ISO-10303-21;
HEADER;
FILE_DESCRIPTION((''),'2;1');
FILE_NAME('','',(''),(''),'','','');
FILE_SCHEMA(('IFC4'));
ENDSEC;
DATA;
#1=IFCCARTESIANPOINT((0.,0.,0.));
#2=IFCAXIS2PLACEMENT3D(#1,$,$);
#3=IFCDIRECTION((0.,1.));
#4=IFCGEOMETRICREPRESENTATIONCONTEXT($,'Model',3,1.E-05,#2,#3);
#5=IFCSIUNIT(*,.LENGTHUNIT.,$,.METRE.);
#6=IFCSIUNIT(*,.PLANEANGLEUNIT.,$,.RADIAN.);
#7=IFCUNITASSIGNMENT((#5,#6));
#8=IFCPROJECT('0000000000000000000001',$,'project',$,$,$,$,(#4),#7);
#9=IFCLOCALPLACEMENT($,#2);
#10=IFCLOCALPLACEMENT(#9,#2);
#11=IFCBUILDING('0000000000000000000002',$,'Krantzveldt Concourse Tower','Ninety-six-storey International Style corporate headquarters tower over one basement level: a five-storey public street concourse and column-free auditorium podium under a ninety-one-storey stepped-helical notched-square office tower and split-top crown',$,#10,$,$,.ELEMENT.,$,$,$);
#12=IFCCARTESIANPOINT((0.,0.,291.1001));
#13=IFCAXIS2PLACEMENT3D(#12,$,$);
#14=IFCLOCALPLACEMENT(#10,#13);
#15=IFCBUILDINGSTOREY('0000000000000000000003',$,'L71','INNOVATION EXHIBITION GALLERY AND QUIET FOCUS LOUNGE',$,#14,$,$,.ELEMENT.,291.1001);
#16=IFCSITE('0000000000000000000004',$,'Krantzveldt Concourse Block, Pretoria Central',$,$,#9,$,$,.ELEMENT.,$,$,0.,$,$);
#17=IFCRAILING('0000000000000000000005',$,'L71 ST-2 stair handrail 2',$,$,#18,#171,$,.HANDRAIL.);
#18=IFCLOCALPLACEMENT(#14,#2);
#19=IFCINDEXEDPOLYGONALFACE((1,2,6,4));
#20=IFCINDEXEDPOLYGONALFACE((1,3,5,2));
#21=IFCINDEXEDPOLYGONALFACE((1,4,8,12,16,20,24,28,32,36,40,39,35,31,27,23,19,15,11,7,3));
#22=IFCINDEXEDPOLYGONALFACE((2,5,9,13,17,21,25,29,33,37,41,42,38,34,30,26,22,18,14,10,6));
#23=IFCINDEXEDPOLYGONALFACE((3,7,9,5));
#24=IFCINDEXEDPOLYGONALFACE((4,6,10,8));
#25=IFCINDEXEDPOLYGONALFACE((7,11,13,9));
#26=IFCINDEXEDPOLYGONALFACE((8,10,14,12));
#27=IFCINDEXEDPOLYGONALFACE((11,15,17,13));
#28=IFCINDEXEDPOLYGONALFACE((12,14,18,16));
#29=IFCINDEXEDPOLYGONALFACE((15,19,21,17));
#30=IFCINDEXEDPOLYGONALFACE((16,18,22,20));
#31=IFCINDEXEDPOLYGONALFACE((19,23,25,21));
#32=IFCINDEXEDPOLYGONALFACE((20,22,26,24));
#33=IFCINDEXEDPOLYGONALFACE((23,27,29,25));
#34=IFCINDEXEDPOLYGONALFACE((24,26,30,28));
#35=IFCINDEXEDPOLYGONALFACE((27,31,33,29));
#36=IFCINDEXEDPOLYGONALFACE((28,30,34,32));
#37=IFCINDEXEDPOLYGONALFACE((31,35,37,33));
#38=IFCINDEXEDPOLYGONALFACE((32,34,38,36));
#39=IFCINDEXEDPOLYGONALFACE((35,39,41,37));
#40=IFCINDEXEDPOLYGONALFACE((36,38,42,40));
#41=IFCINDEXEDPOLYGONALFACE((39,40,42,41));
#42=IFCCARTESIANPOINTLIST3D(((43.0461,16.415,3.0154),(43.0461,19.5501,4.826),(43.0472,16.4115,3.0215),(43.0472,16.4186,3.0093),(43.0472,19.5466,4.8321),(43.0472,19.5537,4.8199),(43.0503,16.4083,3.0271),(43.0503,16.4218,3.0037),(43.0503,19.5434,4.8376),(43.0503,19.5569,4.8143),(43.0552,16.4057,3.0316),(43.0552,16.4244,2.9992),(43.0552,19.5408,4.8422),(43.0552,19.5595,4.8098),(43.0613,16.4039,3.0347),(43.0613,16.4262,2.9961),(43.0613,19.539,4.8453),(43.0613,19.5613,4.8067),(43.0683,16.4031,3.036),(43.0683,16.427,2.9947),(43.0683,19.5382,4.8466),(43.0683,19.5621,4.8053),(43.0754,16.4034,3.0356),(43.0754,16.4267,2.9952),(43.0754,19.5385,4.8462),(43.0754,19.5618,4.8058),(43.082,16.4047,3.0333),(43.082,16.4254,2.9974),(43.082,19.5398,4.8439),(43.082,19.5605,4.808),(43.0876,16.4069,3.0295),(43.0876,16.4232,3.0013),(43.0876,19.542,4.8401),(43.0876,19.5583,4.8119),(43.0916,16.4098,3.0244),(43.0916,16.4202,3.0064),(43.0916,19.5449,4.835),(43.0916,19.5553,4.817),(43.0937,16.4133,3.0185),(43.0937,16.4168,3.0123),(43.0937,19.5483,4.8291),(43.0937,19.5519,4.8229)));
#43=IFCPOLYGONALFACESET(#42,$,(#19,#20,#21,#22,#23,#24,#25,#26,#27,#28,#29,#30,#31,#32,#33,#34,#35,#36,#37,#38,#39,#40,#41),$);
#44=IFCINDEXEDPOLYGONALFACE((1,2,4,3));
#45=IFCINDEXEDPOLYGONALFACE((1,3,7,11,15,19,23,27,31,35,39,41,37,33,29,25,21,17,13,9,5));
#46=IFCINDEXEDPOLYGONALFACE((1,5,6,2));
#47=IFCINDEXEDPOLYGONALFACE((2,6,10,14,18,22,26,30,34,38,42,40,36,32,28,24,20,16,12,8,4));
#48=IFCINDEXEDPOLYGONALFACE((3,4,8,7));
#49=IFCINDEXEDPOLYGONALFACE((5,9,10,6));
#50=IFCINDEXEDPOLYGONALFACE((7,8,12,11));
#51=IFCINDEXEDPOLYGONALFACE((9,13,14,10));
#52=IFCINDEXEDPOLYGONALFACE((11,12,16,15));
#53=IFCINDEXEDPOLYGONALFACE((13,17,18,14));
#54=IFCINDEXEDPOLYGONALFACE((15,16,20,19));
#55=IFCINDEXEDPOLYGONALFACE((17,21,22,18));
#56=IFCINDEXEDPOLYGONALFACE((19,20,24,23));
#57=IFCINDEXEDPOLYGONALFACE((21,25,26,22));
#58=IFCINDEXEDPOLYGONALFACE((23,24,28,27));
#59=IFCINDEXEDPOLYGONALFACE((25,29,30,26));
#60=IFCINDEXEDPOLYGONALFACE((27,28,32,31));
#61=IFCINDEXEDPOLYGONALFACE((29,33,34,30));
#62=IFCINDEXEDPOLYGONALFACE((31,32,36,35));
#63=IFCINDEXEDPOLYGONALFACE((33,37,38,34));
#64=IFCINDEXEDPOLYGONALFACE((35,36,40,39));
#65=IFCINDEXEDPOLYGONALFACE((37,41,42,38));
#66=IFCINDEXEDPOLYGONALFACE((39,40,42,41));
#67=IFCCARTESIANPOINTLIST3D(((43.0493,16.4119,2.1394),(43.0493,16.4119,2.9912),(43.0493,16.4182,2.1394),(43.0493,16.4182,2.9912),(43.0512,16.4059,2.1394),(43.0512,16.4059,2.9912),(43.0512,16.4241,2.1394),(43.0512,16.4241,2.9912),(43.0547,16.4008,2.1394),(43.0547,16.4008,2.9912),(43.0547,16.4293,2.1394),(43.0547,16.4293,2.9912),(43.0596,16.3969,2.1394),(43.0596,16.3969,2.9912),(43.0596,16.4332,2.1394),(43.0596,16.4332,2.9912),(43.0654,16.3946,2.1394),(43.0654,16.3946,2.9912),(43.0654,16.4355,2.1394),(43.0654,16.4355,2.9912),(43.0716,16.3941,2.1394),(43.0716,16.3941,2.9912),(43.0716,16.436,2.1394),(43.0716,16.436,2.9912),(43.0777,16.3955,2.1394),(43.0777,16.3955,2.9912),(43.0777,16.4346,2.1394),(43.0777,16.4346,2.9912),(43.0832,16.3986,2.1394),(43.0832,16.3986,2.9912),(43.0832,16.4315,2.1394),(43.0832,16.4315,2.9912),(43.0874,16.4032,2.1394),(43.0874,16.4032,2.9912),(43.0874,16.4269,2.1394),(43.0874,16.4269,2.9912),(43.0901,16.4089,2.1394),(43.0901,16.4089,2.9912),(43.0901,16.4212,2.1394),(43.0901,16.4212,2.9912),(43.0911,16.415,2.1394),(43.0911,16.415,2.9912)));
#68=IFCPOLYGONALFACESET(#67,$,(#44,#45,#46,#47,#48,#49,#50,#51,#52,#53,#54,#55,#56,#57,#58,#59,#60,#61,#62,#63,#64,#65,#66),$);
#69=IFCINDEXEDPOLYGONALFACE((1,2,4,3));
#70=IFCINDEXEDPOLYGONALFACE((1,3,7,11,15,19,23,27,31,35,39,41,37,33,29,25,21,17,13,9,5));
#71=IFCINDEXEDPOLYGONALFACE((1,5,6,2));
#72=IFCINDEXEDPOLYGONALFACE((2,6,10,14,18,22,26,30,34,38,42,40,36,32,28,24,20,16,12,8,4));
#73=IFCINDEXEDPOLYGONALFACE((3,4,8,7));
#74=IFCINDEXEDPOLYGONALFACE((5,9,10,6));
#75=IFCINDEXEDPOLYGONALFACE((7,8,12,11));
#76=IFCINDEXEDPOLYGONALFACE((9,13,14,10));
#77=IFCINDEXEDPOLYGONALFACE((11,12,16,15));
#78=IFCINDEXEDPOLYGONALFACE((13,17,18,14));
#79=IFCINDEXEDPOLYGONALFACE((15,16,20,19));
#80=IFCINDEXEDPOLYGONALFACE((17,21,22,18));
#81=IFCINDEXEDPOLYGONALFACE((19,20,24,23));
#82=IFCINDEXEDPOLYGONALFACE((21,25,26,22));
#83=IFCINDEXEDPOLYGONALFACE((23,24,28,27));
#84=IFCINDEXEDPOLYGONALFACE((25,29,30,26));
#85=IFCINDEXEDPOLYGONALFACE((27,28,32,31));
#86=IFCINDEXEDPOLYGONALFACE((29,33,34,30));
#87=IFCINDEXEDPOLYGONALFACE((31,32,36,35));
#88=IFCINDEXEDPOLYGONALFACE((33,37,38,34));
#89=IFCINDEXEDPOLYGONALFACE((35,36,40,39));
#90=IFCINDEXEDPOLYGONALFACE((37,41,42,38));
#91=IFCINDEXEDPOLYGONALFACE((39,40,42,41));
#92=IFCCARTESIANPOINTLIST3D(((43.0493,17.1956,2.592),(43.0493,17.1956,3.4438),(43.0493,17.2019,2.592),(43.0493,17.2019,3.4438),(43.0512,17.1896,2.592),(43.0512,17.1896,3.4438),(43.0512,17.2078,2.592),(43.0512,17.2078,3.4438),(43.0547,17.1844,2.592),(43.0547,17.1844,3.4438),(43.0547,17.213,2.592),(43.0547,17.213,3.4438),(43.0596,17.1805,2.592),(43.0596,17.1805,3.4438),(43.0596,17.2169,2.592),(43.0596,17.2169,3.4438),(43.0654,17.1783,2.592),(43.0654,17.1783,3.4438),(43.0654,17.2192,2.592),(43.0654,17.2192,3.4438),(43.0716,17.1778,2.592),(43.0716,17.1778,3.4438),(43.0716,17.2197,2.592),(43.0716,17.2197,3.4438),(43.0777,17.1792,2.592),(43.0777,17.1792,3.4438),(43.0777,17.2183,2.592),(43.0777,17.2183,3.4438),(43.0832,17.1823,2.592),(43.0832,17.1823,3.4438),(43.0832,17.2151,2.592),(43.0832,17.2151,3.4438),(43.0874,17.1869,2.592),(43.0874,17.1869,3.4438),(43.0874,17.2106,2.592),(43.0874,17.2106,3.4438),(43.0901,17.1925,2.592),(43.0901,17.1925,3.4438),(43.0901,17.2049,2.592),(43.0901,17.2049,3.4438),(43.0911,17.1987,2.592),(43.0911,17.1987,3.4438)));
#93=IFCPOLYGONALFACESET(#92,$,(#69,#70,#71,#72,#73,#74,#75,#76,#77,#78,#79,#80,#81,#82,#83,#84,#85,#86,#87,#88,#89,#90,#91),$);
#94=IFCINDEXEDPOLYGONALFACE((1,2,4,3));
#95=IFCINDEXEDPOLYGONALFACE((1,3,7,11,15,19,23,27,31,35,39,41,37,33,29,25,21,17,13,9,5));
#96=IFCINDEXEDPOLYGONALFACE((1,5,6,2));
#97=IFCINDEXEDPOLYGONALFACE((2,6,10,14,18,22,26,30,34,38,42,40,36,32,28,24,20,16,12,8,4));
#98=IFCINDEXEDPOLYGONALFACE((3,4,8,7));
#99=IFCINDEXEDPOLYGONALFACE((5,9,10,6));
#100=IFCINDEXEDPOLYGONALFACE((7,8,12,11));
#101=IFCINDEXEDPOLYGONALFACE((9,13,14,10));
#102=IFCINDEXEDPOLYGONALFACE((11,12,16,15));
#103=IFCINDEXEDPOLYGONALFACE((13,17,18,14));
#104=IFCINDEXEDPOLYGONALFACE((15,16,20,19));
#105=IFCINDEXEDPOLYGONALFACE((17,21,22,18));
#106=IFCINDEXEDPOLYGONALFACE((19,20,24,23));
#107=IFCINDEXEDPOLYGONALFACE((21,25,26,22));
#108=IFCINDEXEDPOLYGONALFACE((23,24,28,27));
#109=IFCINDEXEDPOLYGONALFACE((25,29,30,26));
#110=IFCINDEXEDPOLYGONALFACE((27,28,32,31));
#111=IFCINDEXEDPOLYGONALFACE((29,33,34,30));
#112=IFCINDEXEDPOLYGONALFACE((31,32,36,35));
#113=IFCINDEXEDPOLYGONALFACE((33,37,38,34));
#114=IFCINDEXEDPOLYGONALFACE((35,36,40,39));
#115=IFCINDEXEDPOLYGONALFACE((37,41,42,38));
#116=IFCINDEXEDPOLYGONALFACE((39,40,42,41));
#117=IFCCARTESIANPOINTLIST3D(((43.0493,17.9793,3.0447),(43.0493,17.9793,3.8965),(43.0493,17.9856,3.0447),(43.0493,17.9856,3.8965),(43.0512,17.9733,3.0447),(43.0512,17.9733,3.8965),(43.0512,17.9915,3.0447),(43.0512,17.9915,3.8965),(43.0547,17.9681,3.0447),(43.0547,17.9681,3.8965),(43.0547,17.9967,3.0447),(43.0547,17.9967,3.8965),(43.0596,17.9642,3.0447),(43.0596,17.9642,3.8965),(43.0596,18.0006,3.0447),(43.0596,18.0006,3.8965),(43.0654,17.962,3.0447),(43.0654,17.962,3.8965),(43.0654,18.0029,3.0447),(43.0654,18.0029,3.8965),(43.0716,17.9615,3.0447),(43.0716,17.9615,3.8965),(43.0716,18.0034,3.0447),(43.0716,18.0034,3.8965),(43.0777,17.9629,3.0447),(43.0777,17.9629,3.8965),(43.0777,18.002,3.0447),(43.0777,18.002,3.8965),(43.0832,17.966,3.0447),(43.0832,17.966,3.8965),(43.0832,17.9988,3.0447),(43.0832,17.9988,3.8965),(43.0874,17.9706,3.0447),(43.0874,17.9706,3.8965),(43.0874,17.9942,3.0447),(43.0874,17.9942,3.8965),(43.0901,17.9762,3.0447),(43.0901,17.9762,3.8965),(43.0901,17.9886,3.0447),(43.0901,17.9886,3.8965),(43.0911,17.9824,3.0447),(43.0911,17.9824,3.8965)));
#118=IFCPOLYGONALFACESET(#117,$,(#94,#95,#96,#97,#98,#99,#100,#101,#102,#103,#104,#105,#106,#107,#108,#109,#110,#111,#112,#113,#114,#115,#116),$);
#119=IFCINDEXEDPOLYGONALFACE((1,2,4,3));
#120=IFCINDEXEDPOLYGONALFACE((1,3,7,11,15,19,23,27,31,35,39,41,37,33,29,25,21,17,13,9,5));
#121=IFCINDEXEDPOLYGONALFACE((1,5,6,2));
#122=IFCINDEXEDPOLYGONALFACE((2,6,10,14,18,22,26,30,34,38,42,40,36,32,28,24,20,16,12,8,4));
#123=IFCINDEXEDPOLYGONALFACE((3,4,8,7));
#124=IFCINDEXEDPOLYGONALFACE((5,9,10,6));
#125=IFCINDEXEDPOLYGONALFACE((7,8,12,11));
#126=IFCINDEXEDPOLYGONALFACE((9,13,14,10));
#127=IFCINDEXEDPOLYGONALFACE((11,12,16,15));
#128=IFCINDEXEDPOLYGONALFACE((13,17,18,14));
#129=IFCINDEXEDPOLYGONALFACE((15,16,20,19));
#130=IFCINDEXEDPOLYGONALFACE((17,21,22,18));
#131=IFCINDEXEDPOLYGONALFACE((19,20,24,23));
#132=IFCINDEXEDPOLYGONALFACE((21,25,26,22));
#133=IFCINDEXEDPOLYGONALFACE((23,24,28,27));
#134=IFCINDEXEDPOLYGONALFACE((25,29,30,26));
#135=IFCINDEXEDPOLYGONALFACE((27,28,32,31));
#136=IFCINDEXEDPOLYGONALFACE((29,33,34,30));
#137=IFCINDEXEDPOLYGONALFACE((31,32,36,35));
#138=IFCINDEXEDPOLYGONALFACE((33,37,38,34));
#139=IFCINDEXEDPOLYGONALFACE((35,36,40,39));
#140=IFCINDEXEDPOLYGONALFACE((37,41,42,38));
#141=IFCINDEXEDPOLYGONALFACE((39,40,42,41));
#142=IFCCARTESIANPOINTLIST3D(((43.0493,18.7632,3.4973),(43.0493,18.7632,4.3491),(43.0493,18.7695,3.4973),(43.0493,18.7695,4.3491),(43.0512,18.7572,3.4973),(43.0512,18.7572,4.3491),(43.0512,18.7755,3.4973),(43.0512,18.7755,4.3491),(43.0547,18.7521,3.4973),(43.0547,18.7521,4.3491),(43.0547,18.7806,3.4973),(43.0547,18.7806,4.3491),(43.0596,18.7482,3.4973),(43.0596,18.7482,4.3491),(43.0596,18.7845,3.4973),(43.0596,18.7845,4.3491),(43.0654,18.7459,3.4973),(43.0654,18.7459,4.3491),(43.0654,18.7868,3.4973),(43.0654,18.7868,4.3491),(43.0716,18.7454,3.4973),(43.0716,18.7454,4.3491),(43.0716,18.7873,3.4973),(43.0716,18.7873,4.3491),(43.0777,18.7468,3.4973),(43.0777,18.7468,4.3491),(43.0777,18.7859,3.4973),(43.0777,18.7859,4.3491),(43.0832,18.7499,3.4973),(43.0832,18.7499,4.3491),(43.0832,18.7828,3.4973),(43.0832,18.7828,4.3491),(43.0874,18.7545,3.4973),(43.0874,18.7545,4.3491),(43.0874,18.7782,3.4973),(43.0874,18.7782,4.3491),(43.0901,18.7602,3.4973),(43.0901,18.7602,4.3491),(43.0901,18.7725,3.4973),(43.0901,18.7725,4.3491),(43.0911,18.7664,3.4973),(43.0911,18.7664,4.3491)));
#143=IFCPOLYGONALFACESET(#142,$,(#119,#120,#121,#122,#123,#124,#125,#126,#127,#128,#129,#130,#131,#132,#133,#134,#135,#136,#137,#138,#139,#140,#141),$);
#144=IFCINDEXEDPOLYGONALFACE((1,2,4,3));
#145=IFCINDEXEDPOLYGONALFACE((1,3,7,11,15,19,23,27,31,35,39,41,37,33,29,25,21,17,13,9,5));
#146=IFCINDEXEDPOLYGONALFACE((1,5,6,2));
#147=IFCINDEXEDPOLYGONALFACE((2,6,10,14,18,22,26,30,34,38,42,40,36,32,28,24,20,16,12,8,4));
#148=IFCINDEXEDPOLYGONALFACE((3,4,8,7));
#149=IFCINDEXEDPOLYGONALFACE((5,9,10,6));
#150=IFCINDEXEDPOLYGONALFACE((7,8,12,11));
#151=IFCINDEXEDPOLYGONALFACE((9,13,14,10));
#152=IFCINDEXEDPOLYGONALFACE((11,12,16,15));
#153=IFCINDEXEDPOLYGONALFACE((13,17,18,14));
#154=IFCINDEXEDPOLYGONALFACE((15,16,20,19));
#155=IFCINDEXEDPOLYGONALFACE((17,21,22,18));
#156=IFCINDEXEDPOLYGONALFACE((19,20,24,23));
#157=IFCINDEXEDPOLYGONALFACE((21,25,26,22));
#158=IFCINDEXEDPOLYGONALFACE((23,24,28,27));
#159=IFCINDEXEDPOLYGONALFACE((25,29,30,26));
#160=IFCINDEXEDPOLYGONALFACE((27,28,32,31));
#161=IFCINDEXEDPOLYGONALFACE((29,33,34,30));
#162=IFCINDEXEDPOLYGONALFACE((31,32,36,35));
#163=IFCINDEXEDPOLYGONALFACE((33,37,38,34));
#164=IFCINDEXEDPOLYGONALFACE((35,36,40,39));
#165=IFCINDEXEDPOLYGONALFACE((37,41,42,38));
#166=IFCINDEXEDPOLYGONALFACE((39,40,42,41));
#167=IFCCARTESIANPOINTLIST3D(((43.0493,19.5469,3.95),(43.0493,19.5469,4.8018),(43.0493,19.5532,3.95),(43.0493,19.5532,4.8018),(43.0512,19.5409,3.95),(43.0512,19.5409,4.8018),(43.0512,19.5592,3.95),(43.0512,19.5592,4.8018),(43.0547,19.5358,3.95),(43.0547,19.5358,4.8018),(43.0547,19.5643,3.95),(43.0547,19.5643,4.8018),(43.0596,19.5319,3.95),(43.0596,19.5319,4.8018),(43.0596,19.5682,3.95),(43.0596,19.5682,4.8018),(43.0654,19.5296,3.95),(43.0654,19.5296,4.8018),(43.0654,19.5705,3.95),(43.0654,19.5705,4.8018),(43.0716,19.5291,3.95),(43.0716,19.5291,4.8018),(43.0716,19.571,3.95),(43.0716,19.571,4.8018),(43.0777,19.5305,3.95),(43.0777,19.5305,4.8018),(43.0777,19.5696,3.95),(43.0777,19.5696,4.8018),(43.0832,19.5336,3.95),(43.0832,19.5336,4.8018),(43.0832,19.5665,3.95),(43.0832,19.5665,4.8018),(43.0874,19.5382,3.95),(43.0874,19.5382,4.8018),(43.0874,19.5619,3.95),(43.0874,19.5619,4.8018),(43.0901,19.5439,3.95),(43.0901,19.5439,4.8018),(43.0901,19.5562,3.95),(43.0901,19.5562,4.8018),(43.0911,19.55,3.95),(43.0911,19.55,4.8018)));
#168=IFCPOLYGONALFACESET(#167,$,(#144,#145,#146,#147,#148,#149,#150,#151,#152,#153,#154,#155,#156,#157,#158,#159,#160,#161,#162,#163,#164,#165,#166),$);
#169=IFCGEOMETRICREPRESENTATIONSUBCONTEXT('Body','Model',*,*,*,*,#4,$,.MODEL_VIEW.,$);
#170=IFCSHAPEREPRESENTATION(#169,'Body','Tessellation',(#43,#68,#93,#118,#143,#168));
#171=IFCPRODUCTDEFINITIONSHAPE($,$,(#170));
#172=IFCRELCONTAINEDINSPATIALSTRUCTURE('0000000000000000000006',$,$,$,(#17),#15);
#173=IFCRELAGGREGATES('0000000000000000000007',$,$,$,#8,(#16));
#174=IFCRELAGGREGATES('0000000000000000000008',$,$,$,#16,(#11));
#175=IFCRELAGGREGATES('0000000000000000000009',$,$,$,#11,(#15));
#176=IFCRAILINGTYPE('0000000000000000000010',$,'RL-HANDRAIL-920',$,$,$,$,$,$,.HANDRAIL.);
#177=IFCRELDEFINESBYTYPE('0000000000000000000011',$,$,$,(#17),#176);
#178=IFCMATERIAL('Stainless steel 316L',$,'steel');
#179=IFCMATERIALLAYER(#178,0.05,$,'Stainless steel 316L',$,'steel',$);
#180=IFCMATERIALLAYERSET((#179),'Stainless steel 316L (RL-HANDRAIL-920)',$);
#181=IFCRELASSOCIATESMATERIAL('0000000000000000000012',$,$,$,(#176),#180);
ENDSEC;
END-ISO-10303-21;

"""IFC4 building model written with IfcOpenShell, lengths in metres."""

from ifc_helpers import new_model, si_unit, direction, frame, origin, origin_2d, place, context, subcontext, project, spatial, circle, extrude, material, layer, layer_set, type_object, element, save


model = new_model("IFC4")

# Units and contexts
model_context = context("Model", 3, precision=1e-05, world=origin(), true_north=direction((0.0, 1.0)))
body_context = subcontext(model_context, "Body", "Model", "MODEL_VIEW")
ifc_project = project(units=[si_unit("LENGTHUNIT", "METRE"), si_unit("PLANEANGLEUNIT", "RADIAN")], contexts=[model_context])

# Site, building, storey
site_placement = place(None, origin())
site = spatial("IfcSite", under=ifc_project, at=site_placement, Name="Krantzveldt Concourse Block, Pretoria Central", CompositionType="ELEMENT", RefElevation=0.0)
building_placement = place(site_placement, origin())
building = spatial("IfcBuilding", under=site, at=building_placement, Name="Krantzveldt Concourse Tower", Description="Ninety-six-storey International Style corporate headquarters tower over one basement level: a five-storey public street concourse and column-free auditorium podium under a ninety-one-storey stepped-helical notched-square office tower and split-top crown", CompositionType="ELEMENT")
storey_placement = place(building_placement, frame((0.0, 0.0, 291.1001)))
storey = spatial("IfcBuildingStorey", under=building, at=storey_placement, Name="L71", Description="INNOVATION EXHIBITION GALLERY AND QUIET FOCUS LOUNGE", CompositionType="ELEMENT", Elevation=291.1001)

# Railing
ifc_material_1 = material(Name="Stainless steel 316L", Category="steel")
ifc_layer_1 = layer(ifc_material_1, 0.05, Name="Stainless steel 316L", Category="steel")
ifc_layer_set_1 = layer_set([ifc_layer_1], Name="Stainless steel 316L (RL-HANDRAIL-920)")
railing_type_1 = type_object("IfcRailingType", Name="RL-HANDRAIL-920", PredefinedType="HANDRAIL", material=ifc_layer_set_1)
railing_1_placement = place(storey_placement, frame((43.0701, 16.415, 2.1394)))
element("IfcRailing", 1, at=railing_1_placement, inside=storey, type_object=railing_type_1, Name="L71 ST-2 stair handrail 2", PredefinedType="HANDRAIL", context=body_context, shape_type="SweptSolid", body=[
    extrude(circle(Radius=0.0239, at=origin_2d()), frame((0.0, 0.0, 0.876), z_axis=(0.0, 0.86596, 0.500114), x_axis=(-1.0, 0.0, 0.0)), (0.0, 0.0, 1.0), 3.6204),
    extrude(circle(Radius=0.021, at=origin_2d()), origin(), (0.0, 0.0, 1.0), 0.8518),
    extrude(circle(Radius=0.021, at=origin_2d()), frame((0.0, 0.7837, 0.4526)), (0.0, 0.0, 1.0), 0.8518),
    extrude(circle(Radius=0.021, at=origin_2d()), frame((0.0, 1.5674, 0.9053)), (0.0, 0.0, 1.0), 0.8518),
    extrude(circle(Radius=0.021, at=origin_2d()), frame((0.0, 2.3513, 1.3579)), (0.0, 0.0, 1.0), 0.8518),
    extrude(circle(Radius=0.021, at=origin_2d()), frame((0.0, 3.135, 1.8105)), (0.0, 0.0, 1.0), 0.8518),
])

save(model, "model.ifc")
